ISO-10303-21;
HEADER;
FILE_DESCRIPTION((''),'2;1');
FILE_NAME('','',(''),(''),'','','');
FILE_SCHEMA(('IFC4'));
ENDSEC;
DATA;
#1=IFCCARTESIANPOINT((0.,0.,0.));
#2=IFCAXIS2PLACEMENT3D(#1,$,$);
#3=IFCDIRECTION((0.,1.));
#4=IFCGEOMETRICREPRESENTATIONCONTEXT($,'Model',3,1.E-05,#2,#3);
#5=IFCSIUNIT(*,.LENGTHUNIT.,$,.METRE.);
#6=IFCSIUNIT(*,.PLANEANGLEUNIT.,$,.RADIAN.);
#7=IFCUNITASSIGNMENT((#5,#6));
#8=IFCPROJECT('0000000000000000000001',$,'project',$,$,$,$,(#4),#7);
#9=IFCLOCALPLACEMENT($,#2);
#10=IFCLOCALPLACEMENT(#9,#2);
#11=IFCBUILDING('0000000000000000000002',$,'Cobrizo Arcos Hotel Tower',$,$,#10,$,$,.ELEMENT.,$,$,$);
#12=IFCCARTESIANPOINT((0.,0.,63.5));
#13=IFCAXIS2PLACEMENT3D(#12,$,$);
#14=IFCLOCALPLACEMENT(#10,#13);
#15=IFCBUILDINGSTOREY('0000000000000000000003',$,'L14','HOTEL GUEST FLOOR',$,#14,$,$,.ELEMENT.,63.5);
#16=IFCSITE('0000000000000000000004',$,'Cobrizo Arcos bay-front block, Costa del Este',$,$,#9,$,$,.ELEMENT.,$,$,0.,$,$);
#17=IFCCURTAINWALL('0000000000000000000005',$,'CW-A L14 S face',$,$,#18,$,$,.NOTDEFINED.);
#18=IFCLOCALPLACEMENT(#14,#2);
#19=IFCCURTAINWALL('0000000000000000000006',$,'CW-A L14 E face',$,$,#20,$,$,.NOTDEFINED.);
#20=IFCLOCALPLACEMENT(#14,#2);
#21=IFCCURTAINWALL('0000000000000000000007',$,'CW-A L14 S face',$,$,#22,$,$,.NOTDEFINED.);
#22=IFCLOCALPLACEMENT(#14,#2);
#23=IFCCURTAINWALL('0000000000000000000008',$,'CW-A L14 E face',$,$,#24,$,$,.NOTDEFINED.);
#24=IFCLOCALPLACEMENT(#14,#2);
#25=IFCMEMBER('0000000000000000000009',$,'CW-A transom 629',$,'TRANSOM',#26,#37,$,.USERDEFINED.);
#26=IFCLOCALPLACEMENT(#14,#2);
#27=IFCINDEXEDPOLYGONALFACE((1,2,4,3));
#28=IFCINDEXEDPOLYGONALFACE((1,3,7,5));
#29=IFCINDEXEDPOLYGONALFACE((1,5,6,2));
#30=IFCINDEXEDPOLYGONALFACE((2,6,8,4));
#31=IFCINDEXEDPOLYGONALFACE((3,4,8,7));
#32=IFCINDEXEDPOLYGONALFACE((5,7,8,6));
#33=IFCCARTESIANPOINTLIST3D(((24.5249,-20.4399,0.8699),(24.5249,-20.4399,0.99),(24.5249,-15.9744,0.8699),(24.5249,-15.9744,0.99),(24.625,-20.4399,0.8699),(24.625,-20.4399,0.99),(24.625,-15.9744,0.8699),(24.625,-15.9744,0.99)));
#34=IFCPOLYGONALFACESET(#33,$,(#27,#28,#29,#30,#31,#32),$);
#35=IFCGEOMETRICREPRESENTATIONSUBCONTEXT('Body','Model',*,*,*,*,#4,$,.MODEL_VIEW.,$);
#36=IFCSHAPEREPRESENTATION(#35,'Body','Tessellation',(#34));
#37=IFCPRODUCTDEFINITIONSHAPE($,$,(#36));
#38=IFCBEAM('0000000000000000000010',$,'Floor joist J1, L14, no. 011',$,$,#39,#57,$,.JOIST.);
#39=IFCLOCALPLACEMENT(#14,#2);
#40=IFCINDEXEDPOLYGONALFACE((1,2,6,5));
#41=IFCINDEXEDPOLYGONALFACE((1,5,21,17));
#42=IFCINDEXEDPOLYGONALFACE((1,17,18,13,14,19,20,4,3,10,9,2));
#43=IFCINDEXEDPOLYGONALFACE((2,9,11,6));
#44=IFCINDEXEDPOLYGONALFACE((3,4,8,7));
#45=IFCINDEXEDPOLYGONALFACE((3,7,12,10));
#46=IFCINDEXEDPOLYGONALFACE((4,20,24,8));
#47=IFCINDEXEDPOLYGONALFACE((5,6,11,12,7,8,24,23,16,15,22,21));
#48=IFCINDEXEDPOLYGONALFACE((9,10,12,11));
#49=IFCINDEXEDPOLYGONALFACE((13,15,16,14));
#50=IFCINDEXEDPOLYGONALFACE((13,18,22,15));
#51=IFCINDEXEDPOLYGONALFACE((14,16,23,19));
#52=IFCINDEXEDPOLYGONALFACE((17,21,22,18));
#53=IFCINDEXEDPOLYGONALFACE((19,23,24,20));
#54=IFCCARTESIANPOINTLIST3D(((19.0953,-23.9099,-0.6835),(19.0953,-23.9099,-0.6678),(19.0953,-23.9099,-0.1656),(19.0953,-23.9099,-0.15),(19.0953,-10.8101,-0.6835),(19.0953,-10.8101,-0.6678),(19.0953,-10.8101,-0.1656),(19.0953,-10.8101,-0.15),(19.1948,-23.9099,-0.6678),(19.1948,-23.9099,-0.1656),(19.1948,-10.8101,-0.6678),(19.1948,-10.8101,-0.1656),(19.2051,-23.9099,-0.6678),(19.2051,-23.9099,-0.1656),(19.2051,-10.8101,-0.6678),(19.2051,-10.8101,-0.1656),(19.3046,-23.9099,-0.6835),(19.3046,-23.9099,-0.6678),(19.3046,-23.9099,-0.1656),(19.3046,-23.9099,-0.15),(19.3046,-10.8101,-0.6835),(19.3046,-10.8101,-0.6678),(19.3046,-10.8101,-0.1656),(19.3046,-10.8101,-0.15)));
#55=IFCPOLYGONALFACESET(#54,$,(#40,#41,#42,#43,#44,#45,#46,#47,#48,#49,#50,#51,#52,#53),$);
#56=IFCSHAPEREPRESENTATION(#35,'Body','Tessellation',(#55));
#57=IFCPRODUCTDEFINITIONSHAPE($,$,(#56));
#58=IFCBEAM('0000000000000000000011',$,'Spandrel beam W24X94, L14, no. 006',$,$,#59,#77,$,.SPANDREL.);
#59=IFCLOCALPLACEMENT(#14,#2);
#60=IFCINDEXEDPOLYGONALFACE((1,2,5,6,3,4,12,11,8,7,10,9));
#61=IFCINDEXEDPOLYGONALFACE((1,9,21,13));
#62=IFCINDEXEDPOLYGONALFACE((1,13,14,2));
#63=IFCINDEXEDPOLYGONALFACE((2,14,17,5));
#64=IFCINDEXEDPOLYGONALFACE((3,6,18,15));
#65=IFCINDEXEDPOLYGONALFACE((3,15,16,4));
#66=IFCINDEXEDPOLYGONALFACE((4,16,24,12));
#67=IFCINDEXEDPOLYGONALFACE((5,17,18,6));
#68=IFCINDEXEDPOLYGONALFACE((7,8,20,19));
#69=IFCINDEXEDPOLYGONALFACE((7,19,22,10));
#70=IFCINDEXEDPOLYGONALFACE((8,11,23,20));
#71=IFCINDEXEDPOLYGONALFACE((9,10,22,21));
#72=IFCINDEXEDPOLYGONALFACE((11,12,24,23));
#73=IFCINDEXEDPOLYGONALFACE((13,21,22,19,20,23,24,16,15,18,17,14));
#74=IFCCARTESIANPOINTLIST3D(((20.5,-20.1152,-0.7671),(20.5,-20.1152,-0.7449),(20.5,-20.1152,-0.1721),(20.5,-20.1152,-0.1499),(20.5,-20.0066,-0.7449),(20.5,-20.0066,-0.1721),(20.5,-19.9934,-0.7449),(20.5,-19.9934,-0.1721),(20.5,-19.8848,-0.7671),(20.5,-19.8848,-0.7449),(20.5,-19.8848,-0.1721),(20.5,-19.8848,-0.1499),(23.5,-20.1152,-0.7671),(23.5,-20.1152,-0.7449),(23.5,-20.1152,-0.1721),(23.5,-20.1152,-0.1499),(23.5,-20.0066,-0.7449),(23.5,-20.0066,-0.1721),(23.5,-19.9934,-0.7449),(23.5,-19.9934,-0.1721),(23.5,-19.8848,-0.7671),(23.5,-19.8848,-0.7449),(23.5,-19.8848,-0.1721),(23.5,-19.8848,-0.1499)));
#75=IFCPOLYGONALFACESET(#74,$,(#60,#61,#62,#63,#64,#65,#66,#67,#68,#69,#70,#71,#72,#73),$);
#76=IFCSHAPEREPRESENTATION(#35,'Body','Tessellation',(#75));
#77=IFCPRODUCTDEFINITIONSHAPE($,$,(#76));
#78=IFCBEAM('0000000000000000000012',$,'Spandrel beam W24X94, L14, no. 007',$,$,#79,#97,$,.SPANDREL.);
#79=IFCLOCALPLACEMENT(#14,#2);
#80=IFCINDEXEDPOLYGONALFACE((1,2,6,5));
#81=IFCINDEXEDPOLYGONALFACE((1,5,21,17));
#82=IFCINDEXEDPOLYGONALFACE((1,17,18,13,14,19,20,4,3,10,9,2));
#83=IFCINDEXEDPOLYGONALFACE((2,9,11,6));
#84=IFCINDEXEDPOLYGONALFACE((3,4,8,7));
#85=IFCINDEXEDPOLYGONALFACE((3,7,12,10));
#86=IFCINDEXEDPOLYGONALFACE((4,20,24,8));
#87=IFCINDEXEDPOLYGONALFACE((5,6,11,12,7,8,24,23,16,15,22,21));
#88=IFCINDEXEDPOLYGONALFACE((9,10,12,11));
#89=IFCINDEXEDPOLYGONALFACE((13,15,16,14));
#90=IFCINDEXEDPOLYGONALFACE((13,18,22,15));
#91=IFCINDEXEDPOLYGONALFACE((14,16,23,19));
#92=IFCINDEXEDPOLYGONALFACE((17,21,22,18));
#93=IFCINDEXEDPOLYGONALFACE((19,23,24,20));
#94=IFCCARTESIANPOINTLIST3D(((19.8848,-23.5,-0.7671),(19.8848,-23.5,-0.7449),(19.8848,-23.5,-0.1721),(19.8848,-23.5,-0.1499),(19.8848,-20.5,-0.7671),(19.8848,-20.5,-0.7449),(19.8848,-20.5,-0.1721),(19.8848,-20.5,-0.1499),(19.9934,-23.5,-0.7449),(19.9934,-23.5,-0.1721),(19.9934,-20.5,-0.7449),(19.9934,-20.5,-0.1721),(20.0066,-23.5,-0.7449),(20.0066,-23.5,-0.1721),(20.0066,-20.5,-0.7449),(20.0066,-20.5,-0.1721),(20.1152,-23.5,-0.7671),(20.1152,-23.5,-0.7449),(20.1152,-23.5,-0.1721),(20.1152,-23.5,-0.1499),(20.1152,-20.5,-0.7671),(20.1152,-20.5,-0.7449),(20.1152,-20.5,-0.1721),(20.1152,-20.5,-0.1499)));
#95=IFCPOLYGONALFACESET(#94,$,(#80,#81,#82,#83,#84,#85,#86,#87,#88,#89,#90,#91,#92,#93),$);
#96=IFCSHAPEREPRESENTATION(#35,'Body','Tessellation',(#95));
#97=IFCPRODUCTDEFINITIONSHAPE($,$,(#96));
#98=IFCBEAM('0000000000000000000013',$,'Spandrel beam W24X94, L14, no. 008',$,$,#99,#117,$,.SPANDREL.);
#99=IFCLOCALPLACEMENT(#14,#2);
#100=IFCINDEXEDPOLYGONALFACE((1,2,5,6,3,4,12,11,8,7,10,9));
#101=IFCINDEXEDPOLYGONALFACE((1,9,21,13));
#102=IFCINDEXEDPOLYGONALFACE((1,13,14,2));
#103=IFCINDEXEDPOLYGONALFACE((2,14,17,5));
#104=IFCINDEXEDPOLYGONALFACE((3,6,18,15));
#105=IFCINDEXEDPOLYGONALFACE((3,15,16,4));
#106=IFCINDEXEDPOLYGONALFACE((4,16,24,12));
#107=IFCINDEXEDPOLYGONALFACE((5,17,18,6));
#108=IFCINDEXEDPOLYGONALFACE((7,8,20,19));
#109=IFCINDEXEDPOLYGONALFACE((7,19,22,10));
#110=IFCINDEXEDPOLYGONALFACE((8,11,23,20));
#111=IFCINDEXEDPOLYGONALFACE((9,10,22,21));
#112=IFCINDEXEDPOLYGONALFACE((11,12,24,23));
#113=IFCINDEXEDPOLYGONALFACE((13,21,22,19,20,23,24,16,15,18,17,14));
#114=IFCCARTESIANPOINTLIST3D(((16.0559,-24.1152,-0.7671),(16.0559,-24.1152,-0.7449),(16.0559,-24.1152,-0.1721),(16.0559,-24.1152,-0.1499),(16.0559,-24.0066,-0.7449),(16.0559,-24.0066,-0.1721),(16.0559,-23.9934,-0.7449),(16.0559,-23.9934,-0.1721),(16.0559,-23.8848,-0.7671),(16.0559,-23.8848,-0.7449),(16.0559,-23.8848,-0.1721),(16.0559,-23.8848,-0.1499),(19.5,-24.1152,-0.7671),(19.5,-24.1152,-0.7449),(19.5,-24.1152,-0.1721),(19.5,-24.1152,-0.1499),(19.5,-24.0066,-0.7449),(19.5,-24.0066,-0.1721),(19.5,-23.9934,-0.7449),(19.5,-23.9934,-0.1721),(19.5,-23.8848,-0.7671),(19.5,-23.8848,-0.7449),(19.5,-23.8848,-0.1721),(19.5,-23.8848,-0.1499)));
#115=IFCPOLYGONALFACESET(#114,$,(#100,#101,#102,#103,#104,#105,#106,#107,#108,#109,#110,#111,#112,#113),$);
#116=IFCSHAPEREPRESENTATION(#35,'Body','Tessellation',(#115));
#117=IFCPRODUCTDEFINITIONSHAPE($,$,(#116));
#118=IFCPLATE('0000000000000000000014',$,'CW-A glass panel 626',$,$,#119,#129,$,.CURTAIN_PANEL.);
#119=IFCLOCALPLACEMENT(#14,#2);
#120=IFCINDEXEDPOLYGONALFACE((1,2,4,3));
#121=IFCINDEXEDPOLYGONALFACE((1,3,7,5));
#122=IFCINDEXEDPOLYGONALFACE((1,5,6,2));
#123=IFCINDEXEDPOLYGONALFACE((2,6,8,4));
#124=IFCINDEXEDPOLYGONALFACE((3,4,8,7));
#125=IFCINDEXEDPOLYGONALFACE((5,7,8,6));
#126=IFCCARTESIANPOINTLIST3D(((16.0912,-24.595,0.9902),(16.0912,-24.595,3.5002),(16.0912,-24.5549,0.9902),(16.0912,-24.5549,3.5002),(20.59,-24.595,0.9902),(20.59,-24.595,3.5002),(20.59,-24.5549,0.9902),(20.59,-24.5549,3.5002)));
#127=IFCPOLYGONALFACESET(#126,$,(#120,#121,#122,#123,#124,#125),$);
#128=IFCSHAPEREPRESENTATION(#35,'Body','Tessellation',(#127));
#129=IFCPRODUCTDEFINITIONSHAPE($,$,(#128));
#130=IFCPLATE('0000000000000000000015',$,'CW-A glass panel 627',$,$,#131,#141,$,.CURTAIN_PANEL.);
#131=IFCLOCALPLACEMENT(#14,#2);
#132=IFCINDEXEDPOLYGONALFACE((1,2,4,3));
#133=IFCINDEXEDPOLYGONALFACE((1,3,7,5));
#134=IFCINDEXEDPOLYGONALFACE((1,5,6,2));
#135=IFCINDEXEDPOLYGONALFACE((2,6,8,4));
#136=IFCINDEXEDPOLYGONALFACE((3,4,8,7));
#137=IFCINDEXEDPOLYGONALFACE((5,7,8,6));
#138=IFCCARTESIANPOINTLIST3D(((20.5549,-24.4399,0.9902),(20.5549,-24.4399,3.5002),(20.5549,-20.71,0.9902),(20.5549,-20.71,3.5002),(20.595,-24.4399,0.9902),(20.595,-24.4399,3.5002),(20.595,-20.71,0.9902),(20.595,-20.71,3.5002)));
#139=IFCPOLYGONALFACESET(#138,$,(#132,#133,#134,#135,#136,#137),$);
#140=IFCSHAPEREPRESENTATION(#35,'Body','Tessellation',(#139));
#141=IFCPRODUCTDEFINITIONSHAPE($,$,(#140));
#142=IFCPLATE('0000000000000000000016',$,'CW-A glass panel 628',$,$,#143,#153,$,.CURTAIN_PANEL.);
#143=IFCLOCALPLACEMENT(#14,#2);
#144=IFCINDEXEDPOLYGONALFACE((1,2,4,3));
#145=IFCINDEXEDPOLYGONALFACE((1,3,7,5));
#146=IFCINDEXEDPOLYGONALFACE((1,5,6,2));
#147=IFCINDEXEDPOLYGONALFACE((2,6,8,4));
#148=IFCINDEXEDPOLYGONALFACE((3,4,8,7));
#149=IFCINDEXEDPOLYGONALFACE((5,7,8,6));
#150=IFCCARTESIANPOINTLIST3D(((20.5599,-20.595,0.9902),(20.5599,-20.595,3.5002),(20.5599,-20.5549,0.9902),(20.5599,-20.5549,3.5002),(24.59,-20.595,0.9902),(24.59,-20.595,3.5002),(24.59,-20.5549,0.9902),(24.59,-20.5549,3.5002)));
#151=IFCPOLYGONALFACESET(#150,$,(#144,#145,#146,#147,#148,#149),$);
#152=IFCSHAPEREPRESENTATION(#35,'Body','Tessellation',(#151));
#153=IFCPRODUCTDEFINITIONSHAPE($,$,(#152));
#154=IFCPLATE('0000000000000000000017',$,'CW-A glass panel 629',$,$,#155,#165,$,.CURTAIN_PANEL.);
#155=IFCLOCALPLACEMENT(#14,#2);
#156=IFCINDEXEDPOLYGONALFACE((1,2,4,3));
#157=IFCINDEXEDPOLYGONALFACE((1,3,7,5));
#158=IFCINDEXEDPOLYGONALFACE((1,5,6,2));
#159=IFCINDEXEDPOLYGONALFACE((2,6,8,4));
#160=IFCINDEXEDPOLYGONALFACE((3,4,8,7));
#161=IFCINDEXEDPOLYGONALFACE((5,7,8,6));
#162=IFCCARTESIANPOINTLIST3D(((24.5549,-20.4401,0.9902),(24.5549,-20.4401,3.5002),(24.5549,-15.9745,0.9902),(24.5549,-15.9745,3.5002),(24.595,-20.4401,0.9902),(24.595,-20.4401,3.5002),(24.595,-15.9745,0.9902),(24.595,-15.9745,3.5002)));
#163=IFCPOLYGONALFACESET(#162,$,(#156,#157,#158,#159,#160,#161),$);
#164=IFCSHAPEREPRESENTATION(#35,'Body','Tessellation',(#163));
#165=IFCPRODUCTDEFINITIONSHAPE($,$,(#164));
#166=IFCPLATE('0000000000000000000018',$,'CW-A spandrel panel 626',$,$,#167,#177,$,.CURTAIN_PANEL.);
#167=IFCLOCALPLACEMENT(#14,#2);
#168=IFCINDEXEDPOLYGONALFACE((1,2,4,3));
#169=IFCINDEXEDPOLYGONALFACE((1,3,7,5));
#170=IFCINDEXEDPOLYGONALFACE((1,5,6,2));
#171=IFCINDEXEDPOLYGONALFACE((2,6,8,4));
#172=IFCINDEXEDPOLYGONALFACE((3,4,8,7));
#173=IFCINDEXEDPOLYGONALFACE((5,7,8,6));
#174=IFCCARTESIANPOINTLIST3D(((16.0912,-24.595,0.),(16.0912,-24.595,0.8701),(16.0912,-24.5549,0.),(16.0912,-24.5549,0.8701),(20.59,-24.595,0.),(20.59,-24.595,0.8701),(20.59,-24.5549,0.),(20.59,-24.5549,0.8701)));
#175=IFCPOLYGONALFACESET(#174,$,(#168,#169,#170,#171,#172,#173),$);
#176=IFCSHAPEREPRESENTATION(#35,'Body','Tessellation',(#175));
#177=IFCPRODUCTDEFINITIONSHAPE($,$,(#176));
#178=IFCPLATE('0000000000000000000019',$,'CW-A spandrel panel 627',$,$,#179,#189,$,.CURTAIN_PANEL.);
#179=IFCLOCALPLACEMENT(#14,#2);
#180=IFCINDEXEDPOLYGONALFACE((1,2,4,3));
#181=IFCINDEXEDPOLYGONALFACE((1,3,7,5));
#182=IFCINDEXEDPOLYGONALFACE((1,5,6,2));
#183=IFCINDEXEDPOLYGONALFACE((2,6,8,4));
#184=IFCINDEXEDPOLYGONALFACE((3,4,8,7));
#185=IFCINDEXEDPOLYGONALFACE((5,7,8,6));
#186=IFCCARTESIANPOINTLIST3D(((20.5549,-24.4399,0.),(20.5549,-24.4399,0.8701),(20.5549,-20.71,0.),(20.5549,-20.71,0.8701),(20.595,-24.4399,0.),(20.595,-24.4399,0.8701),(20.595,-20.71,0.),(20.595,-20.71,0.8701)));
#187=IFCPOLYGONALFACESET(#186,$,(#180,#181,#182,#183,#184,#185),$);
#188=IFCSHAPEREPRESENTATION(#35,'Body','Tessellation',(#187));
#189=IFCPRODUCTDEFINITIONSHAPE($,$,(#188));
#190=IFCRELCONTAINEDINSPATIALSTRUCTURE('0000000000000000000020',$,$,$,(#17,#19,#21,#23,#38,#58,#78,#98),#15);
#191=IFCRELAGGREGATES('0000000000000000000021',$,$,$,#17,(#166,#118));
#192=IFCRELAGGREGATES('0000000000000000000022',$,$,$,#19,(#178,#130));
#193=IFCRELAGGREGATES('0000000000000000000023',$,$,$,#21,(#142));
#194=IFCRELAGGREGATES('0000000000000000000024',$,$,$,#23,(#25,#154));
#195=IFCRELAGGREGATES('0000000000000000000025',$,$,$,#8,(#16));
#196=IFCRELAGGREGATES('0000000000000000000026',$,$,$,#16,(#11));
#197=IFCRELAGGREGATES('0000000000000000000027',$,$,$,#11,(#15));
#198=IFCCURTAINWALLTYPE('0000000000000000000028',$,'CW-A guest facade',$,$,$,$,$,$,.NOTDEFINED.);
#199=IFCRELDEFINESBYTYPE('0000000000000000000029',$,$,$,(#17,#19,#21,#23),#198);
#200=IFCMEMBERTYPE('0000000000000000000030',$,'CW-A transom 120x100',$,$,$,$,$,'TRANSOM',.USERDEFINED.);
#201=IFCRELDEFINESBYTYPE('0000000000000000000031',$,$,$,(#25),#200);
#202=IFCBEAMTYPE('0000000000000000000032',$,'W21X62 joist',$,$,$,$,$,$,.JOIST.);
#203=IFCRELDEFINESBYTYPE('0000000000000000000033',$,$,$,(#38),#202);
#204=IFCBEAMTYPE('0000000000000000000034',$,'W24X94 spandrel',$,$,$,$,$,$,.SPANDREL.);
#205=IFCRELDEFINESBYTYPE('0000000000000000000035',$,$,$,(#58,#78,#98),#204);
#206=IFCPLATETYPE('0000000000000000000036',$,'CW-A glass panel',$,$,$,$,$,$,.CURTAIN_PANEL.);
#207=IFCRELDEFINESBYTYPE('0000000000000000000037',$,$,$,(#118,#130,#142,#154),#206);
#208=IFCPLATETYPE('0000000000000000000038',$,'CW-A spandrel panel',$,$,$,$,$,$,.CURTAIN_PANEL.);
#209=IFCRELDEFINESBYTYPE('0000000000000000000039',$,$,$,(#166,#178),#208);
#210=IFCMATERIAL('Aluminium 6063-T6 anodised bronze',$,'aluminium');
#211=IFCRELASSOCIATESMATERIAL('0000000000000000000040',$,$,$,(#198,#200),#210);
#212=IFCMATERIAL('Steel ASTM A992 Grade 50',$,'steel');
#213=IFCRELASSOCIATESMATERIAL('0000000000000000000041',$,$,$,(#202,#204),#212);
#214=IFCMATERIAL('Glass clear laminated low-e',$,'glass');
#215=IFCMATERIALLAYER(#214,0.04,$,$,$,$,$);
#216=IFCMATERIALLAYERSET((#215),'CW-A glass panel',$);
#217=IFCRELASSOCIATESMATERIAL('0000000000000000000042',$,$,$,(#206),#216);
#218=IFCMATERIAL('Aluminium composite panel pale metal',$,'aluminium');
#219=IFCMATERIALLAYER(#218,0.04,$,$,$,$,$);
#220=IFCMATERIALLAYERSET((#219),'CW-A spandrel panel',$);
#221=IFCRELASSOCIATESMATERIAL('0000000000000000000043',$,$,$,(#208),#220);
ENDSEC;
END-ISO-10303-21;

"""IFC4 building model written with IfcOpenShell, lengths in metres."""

from ifc_helpers import new_model, si_unit, direction, frame, origin, origin_2d, place, context, subcontext, project, spatial, rectangle, i_section, extrude, material, layer, layer_set, material_profile, profile_set, type_object, element, aggregate, save


model = new_model("IFC4")

# Units and contexts
model_context = context("Model", 3, precision=1e-05, world=origin(), true_north=direction((0.0, 1.0)))
body_context = subcontext(model_context, "Body", "Model", "MODEL_VIEW")
ifc_project = project(units=[si_unit("LENGTHUNIT", "METRE"), si_unit("PLANEANGLEUNIT", "RADIAN")], contexts=[model_context])

# Site, building, storey
site_placement = place(None, origin())
site = spatial("IfcSite", under=ifc_project, at=site_placement, Name="Cobrizo Arcos bay-front block, Costa del Este", CompositionType="ELEMENT", RefElevation=0.0)
building_placement = place(site_placement, origin())
building = spatial("IfcBuilding", under=site, at=building_placement, Name="Cobrizo Arcos Hotel Tower", CompositionType="ELEMENT")
storey_placement = place(building_placement, frame((0.0, 0.0, 63.5)))
storey = spatial("IfcBuildingStorey", under=building, at=storey_placement, Name="L14", Description="HOTEL GUEST FLOOR", CompositionType="ELEMENT", Elevation=63.5)

# Curtain walls
ifc_material_1 = material(Name="Aluminium 6063-T6 anodised bronze", Category="aluminium")
curtain_wall_type = type_object("IfcCurtainWallType", Name="CW-A guest facade", PredefinedType="NOTDEFINED", material=ifc_material_1)
curtain_wall_1_placement = place(storey_placement, origin())
curtain_wall_1 = element("IfcCurtainWall", 1, at=curtain_wall_1_placement, inside=storey, type_object=curtain_wall_type, Name="CW-A L14 S face", PredefinedType="NOTDEFINED")
curtain_wall_2_placement = place(storey_placement, origin())
curtain_wall_2 = element("IfcCurtainWall", 2, at=curtain_wall_2_placement, inside=storey, type_object=curtain_wall_type, Name="CW-A L14 E face", PredefinedType="NOTDEFINED")
curtain_wall_3_placement = place(storey_placement, origin())
curtain_wall_3 = element("IfcCurtainWall", 3, at=curtain_wall_3_placement, inside=storey, type_object=curtain_wall_type, Name="CW-A L14 S face", PredefinedType="NOTDEFINED")

# Curtain wall
curtain_wall_4_placement = place(storey_placement, origin())
curtain_wall_4 = element("IfcCurtainWall", 4, at=curtain_wall_4_placement, inside=storey, type_object=curtain_wall_type, Name="CW-A L14 E face", PredefinedType="NOTDEFINED")

# Member
ifc_material_profile_1 = material_profile(ifc_material_1, rectangle(XDim=0.1001, YDim=0.1201, at=origin_2d()), Name="CW-A transom 120x100")
ifc_profile_set_1 = profile_set([ifc_material_profile_1], Name="Aluminium 6063-T6 anodised bronze")
member_type_1 = type_object("IfcMemberType", Name="CW-A transom 120x100", ElementType="TRANSOM", PredefinedType="USERDEFINED", material=ifc_profile_set_1)
member_1_placement = place(storey_placement, frame((24.575, -20.4399, 0.9299), z_axis=(0.0, 1.0, 0.0), x_axis=(-1.0, 0.0, 0.0)))
member_1 = element("IfcMember", 5, at=member_1_placement, type_object=member_type_1, Name="CW-A transom 629", ObjectType="TRANSOM", PredefinedType="USERDEFINED", context=body_context, shape_type="SweptSolid", body=[
    extrude(rectangle(XDim=0.1001, YDim=0.1201, at=origin_2d()), origin(), (0.0, 0.0, 1.0), 4.4656),
])

# Beams
ifc_material_2 = material(Name="Steel ASTM A992 Grade 50", Category="steel")
ifc_material_profile_2 = material_profile(ifc_material_2, i_section(OverallWidth=0.2092, OverallDepth=0.5334, WebThickness=0.0103, FlangeThickness=0.0156, at=origin_2d()), Name="W21X62")
ifc_profile_set_2 = profile_set([ifc_material_profile_2], Name="Steel ASTM A992 Grade 50")
beam_type_1 = type_object("IfcBeamType", Name="W21X62 joist", PredefinedType="JOIST", material=ifc_profile_set_2)
beam_1_placement = place(storey_placement, frame((19.2, -23.9099, -0.4167), z_axis=(0.0, 1.0, 0.0), x_axis=(-1.0, 0.0, 0.0)))
element("IfcBeam", 6, at=beam_1_placement, inside=storey, type_object=beam_type_1, Name="Floor joist J1, L14, no. 011", PredefinedType="JOIST", context=body_context, shape_type="SweptSolid", body=[
    extrude(i_section(OverallWidth=0.2092, OverallDepth=0.5334, WebThickness=0.0103, FlangeThickness=0.0156, at=origin_2d()), origin(), (0.0, 0.0, 1.0), 13.0999),
])
ifc_material_profile_3 = material_profile(ifc_material_2, i_section(OverallWidth=0.2305, OverallDepth=0.6172, WebThickness=0.0132, FlangeThickness=0.0222, at=origin_2d()), Name="W24X94")
ifc_profile_set_3 = profile_set([ifc_material_profile_3], Name="Steel ASTM A992 Grade 50")
beam_type_2 = type_object("IfcBeamType", Name="W24X94 spandrel", PredefinedType="SPANDREL", material=ifc_profile_set_3)
for number, where, z_axis, x_axis, name in (
    (7, (23.5, -20.0, -0.4585), (-1.0, 0.0, 0.0), (0.0, -1.0, 0.0), "Spandrel beam W24X94, L14, no. 006"),
    (8, (20.0, -20.5, -0.4585), (0.0, -1.0, 0.0), (1.0, 0.0, 0.0), "Spandrel beam W24X94, L14, no. 007"),
):
    element("IfcBeam", number, at=place(storey_placement, frame(where, z_axis=z_axis, x_axis=x_axis)), inside=storey, type_object=beam_type_2, Name=name, PredefinedType="SPANDREL", context=body_context, shape_type="SweptSolid", body=[
        extrude(i_section(OverallWidth=0.2305, OverallDepth=0.6172, WebThickness=0.0132, FlangeThickness=0.0222, at=origin_2d()), origin(), (0.0, 0.0, 1.0), 3.0),
    ])
beam_2_placement = place(storey_placement, frame((19.5, -24.0, -0.4585), z_axis=(-1.0, 0.0, 0.0), x_axis=(0.0, -1.0, 0.0)))
element("IfcBeam", 9, at=beam_2_placement, inside=storey, type_object=beam_type_2, Name="Spandrel beam W24X94, L14, no. 008", PredefinedType="SPANDREL", context=body_context, shape_type="SweptSolid", body=[
    extrude(i_section(OverallWidth=0.2305, OverallDepth=0.6172, WebThickness=0.0132, FlangeThickness=0.0222, at=origin_2d()), origin(), (0.0, 0.0, 1.0), 3.4441),
])

# Plates
ifc_material_3 = material(Name="Glass clear laminated low-e", Category="glass")
ifc_layer_1 = layer(ifc_material_3, 0.04)
ifc_layer_set_1 = layer_set([ifc_layer_1], Name="CW-A glass panel")
plate_type_1 = type_object("IfcPlateType", Name="CW-A glass panel", PredefinedType="CURTAIN_PANEL", material=ifc_layer_set_1)
plate_1_placement = place(storey_placement, frame((18.3406, -24.575, 0.9902), z_axis=(0.0, 0.0, 1.0), x_axis=(1.0, 0.0, 0.0)))
plate_1 = element("IfcPlate", 10, at=plate_1_placement, type_object=plate_type_1, Name="CW-A glass panel 626", PredefinedType="CURTAIN_PANEL", context=body_context, shape_type="SweptSolid", body=[
    extrude(rectangle(XDim=4.4988, YDim=0.04, at=origin_2d()), origin(), (0.0, 0.0, 1.0), 2.51),
])
plate_2_placement = place(storey_placement, frame((20.575, -22.575, 0.9902), z_axis=(0.0, 0.0, 1.0), x_axis=(0.0, 1.0, 0.0)))
plate_2 = element("IfcPlate", 11, at=plate_2_placement, type_object=plate_type_1, Name="CW-A glass panel 627", PredefinedType="CURTAIN_PANEL", context=body_context, shape_type="SweptSolid", body=[
    extrude(rectangle(XDim=3.73, YDim=0.04, at=origin_2d()), origin(), (0.0, 0.0, 1.0), 2.51),
])
plate_3_placement = place(storey_placement, frame((22.575, -20.575, 0.9902), z_axis=(0.0, 0.0, 1.0), x_axis=(1.0, 0.0, 0.0)))
plate_3 = element("IfcPlate", 12, at=plate_3_placement, type_object=plate_type_1, Name="CW-A glass panel 628", PredefinedType="CURTAIN_PANEL", context=body_context, shape_type="SweptSolid", body=[
    extrude(rectangle(XDim=4.03, YDim=0.04, at=origin_2d()), origin(), (0.0, 0.0, 1.0), 2.51),
])
plate_4_placement = place(storey_placement, frame((24.575, -18.2073, 0.9902), z_axis=(0.0, 0.0, 1.0), x_axis=(0.0, 1.0, 0.0)))
plate_4 = element("IfcPlate", 13, at=plate_4_placement, type_object=plate_type_1, Name="CW-A glass panel 629", PredefinedType="CURTAIN_PANEL", context=body_context, shape_type="SweptSolid", body=[
    extrude(rectangle(XDim=4.4656, YDim=0.04, at=origin_2d()), origin(), (0.0, 0.0, 1.0), 2.51),
])
ifc_material_4 = material(Name="Aluminium composite panel pale metal", Category="aluminium")
ifc_layer_2 = layer(ifc_material_4, 0.04)
ifc_layer_set_2 = layer_set([ifc_layer_2], Name="CW-A spandrel panel")
plate_type_2 = type_object("IfcPlateType", Name="CW-A spandrel panel", PredefinedType="CURTAIN_PANEL", material=ifc_layer_set_2)
plate_5_placement = place(storey_placement, frame((18.3406, -24.575, 0.0), z_axis=(0.0, 0.0, 1.0), x_axis=(1.0, 0.0, 0.0)))
plate_5 = element("IfcPlate", 14, at=plate_5_placement, type_object=plate_type_2, Name="CW-A spandrel panel 626", PredefinedType="CURTAIN_PANEL", context=body_context, shape_type="SweptSolid", body=[
    extrude(rectangle(XDim=4.4988, YDim=0.04, at=origin_2d()), origin(), (0.0, 0.0, 1.0), 0.8701),
])
aggregate(curtain_wall_1, [plate_5, plate_1])
plate_6_placement = place(storey_placement, frame((20.575, -22.575, 0.0), z_axis=(0.0, 0.0, 1.0), x_axis=(0.0, 1.0, 0.0)))
plate_6 = element("IfcPlate", 15, at=plate_6_placement, type_object=plate_type_2, Name="CW-A spandrel panel 627", PredefinedType="CURTAIN_PANEL", context=body_context, shape_type="SweptSolid", body=[
    extrude(rectangle(XDim=3.73, YDim=0.04, at=origin_2d()), origin(), (0.0, 0.0, 1.0), 0.8701),
])
aggregate(curtain_wall_2, [plate_6, plate_2])
aggregate(curtain_wall_3, [plate_3])
aggregate(curtain_wall_4, [member_1, plate_4])

save(model, "model.ifc")
